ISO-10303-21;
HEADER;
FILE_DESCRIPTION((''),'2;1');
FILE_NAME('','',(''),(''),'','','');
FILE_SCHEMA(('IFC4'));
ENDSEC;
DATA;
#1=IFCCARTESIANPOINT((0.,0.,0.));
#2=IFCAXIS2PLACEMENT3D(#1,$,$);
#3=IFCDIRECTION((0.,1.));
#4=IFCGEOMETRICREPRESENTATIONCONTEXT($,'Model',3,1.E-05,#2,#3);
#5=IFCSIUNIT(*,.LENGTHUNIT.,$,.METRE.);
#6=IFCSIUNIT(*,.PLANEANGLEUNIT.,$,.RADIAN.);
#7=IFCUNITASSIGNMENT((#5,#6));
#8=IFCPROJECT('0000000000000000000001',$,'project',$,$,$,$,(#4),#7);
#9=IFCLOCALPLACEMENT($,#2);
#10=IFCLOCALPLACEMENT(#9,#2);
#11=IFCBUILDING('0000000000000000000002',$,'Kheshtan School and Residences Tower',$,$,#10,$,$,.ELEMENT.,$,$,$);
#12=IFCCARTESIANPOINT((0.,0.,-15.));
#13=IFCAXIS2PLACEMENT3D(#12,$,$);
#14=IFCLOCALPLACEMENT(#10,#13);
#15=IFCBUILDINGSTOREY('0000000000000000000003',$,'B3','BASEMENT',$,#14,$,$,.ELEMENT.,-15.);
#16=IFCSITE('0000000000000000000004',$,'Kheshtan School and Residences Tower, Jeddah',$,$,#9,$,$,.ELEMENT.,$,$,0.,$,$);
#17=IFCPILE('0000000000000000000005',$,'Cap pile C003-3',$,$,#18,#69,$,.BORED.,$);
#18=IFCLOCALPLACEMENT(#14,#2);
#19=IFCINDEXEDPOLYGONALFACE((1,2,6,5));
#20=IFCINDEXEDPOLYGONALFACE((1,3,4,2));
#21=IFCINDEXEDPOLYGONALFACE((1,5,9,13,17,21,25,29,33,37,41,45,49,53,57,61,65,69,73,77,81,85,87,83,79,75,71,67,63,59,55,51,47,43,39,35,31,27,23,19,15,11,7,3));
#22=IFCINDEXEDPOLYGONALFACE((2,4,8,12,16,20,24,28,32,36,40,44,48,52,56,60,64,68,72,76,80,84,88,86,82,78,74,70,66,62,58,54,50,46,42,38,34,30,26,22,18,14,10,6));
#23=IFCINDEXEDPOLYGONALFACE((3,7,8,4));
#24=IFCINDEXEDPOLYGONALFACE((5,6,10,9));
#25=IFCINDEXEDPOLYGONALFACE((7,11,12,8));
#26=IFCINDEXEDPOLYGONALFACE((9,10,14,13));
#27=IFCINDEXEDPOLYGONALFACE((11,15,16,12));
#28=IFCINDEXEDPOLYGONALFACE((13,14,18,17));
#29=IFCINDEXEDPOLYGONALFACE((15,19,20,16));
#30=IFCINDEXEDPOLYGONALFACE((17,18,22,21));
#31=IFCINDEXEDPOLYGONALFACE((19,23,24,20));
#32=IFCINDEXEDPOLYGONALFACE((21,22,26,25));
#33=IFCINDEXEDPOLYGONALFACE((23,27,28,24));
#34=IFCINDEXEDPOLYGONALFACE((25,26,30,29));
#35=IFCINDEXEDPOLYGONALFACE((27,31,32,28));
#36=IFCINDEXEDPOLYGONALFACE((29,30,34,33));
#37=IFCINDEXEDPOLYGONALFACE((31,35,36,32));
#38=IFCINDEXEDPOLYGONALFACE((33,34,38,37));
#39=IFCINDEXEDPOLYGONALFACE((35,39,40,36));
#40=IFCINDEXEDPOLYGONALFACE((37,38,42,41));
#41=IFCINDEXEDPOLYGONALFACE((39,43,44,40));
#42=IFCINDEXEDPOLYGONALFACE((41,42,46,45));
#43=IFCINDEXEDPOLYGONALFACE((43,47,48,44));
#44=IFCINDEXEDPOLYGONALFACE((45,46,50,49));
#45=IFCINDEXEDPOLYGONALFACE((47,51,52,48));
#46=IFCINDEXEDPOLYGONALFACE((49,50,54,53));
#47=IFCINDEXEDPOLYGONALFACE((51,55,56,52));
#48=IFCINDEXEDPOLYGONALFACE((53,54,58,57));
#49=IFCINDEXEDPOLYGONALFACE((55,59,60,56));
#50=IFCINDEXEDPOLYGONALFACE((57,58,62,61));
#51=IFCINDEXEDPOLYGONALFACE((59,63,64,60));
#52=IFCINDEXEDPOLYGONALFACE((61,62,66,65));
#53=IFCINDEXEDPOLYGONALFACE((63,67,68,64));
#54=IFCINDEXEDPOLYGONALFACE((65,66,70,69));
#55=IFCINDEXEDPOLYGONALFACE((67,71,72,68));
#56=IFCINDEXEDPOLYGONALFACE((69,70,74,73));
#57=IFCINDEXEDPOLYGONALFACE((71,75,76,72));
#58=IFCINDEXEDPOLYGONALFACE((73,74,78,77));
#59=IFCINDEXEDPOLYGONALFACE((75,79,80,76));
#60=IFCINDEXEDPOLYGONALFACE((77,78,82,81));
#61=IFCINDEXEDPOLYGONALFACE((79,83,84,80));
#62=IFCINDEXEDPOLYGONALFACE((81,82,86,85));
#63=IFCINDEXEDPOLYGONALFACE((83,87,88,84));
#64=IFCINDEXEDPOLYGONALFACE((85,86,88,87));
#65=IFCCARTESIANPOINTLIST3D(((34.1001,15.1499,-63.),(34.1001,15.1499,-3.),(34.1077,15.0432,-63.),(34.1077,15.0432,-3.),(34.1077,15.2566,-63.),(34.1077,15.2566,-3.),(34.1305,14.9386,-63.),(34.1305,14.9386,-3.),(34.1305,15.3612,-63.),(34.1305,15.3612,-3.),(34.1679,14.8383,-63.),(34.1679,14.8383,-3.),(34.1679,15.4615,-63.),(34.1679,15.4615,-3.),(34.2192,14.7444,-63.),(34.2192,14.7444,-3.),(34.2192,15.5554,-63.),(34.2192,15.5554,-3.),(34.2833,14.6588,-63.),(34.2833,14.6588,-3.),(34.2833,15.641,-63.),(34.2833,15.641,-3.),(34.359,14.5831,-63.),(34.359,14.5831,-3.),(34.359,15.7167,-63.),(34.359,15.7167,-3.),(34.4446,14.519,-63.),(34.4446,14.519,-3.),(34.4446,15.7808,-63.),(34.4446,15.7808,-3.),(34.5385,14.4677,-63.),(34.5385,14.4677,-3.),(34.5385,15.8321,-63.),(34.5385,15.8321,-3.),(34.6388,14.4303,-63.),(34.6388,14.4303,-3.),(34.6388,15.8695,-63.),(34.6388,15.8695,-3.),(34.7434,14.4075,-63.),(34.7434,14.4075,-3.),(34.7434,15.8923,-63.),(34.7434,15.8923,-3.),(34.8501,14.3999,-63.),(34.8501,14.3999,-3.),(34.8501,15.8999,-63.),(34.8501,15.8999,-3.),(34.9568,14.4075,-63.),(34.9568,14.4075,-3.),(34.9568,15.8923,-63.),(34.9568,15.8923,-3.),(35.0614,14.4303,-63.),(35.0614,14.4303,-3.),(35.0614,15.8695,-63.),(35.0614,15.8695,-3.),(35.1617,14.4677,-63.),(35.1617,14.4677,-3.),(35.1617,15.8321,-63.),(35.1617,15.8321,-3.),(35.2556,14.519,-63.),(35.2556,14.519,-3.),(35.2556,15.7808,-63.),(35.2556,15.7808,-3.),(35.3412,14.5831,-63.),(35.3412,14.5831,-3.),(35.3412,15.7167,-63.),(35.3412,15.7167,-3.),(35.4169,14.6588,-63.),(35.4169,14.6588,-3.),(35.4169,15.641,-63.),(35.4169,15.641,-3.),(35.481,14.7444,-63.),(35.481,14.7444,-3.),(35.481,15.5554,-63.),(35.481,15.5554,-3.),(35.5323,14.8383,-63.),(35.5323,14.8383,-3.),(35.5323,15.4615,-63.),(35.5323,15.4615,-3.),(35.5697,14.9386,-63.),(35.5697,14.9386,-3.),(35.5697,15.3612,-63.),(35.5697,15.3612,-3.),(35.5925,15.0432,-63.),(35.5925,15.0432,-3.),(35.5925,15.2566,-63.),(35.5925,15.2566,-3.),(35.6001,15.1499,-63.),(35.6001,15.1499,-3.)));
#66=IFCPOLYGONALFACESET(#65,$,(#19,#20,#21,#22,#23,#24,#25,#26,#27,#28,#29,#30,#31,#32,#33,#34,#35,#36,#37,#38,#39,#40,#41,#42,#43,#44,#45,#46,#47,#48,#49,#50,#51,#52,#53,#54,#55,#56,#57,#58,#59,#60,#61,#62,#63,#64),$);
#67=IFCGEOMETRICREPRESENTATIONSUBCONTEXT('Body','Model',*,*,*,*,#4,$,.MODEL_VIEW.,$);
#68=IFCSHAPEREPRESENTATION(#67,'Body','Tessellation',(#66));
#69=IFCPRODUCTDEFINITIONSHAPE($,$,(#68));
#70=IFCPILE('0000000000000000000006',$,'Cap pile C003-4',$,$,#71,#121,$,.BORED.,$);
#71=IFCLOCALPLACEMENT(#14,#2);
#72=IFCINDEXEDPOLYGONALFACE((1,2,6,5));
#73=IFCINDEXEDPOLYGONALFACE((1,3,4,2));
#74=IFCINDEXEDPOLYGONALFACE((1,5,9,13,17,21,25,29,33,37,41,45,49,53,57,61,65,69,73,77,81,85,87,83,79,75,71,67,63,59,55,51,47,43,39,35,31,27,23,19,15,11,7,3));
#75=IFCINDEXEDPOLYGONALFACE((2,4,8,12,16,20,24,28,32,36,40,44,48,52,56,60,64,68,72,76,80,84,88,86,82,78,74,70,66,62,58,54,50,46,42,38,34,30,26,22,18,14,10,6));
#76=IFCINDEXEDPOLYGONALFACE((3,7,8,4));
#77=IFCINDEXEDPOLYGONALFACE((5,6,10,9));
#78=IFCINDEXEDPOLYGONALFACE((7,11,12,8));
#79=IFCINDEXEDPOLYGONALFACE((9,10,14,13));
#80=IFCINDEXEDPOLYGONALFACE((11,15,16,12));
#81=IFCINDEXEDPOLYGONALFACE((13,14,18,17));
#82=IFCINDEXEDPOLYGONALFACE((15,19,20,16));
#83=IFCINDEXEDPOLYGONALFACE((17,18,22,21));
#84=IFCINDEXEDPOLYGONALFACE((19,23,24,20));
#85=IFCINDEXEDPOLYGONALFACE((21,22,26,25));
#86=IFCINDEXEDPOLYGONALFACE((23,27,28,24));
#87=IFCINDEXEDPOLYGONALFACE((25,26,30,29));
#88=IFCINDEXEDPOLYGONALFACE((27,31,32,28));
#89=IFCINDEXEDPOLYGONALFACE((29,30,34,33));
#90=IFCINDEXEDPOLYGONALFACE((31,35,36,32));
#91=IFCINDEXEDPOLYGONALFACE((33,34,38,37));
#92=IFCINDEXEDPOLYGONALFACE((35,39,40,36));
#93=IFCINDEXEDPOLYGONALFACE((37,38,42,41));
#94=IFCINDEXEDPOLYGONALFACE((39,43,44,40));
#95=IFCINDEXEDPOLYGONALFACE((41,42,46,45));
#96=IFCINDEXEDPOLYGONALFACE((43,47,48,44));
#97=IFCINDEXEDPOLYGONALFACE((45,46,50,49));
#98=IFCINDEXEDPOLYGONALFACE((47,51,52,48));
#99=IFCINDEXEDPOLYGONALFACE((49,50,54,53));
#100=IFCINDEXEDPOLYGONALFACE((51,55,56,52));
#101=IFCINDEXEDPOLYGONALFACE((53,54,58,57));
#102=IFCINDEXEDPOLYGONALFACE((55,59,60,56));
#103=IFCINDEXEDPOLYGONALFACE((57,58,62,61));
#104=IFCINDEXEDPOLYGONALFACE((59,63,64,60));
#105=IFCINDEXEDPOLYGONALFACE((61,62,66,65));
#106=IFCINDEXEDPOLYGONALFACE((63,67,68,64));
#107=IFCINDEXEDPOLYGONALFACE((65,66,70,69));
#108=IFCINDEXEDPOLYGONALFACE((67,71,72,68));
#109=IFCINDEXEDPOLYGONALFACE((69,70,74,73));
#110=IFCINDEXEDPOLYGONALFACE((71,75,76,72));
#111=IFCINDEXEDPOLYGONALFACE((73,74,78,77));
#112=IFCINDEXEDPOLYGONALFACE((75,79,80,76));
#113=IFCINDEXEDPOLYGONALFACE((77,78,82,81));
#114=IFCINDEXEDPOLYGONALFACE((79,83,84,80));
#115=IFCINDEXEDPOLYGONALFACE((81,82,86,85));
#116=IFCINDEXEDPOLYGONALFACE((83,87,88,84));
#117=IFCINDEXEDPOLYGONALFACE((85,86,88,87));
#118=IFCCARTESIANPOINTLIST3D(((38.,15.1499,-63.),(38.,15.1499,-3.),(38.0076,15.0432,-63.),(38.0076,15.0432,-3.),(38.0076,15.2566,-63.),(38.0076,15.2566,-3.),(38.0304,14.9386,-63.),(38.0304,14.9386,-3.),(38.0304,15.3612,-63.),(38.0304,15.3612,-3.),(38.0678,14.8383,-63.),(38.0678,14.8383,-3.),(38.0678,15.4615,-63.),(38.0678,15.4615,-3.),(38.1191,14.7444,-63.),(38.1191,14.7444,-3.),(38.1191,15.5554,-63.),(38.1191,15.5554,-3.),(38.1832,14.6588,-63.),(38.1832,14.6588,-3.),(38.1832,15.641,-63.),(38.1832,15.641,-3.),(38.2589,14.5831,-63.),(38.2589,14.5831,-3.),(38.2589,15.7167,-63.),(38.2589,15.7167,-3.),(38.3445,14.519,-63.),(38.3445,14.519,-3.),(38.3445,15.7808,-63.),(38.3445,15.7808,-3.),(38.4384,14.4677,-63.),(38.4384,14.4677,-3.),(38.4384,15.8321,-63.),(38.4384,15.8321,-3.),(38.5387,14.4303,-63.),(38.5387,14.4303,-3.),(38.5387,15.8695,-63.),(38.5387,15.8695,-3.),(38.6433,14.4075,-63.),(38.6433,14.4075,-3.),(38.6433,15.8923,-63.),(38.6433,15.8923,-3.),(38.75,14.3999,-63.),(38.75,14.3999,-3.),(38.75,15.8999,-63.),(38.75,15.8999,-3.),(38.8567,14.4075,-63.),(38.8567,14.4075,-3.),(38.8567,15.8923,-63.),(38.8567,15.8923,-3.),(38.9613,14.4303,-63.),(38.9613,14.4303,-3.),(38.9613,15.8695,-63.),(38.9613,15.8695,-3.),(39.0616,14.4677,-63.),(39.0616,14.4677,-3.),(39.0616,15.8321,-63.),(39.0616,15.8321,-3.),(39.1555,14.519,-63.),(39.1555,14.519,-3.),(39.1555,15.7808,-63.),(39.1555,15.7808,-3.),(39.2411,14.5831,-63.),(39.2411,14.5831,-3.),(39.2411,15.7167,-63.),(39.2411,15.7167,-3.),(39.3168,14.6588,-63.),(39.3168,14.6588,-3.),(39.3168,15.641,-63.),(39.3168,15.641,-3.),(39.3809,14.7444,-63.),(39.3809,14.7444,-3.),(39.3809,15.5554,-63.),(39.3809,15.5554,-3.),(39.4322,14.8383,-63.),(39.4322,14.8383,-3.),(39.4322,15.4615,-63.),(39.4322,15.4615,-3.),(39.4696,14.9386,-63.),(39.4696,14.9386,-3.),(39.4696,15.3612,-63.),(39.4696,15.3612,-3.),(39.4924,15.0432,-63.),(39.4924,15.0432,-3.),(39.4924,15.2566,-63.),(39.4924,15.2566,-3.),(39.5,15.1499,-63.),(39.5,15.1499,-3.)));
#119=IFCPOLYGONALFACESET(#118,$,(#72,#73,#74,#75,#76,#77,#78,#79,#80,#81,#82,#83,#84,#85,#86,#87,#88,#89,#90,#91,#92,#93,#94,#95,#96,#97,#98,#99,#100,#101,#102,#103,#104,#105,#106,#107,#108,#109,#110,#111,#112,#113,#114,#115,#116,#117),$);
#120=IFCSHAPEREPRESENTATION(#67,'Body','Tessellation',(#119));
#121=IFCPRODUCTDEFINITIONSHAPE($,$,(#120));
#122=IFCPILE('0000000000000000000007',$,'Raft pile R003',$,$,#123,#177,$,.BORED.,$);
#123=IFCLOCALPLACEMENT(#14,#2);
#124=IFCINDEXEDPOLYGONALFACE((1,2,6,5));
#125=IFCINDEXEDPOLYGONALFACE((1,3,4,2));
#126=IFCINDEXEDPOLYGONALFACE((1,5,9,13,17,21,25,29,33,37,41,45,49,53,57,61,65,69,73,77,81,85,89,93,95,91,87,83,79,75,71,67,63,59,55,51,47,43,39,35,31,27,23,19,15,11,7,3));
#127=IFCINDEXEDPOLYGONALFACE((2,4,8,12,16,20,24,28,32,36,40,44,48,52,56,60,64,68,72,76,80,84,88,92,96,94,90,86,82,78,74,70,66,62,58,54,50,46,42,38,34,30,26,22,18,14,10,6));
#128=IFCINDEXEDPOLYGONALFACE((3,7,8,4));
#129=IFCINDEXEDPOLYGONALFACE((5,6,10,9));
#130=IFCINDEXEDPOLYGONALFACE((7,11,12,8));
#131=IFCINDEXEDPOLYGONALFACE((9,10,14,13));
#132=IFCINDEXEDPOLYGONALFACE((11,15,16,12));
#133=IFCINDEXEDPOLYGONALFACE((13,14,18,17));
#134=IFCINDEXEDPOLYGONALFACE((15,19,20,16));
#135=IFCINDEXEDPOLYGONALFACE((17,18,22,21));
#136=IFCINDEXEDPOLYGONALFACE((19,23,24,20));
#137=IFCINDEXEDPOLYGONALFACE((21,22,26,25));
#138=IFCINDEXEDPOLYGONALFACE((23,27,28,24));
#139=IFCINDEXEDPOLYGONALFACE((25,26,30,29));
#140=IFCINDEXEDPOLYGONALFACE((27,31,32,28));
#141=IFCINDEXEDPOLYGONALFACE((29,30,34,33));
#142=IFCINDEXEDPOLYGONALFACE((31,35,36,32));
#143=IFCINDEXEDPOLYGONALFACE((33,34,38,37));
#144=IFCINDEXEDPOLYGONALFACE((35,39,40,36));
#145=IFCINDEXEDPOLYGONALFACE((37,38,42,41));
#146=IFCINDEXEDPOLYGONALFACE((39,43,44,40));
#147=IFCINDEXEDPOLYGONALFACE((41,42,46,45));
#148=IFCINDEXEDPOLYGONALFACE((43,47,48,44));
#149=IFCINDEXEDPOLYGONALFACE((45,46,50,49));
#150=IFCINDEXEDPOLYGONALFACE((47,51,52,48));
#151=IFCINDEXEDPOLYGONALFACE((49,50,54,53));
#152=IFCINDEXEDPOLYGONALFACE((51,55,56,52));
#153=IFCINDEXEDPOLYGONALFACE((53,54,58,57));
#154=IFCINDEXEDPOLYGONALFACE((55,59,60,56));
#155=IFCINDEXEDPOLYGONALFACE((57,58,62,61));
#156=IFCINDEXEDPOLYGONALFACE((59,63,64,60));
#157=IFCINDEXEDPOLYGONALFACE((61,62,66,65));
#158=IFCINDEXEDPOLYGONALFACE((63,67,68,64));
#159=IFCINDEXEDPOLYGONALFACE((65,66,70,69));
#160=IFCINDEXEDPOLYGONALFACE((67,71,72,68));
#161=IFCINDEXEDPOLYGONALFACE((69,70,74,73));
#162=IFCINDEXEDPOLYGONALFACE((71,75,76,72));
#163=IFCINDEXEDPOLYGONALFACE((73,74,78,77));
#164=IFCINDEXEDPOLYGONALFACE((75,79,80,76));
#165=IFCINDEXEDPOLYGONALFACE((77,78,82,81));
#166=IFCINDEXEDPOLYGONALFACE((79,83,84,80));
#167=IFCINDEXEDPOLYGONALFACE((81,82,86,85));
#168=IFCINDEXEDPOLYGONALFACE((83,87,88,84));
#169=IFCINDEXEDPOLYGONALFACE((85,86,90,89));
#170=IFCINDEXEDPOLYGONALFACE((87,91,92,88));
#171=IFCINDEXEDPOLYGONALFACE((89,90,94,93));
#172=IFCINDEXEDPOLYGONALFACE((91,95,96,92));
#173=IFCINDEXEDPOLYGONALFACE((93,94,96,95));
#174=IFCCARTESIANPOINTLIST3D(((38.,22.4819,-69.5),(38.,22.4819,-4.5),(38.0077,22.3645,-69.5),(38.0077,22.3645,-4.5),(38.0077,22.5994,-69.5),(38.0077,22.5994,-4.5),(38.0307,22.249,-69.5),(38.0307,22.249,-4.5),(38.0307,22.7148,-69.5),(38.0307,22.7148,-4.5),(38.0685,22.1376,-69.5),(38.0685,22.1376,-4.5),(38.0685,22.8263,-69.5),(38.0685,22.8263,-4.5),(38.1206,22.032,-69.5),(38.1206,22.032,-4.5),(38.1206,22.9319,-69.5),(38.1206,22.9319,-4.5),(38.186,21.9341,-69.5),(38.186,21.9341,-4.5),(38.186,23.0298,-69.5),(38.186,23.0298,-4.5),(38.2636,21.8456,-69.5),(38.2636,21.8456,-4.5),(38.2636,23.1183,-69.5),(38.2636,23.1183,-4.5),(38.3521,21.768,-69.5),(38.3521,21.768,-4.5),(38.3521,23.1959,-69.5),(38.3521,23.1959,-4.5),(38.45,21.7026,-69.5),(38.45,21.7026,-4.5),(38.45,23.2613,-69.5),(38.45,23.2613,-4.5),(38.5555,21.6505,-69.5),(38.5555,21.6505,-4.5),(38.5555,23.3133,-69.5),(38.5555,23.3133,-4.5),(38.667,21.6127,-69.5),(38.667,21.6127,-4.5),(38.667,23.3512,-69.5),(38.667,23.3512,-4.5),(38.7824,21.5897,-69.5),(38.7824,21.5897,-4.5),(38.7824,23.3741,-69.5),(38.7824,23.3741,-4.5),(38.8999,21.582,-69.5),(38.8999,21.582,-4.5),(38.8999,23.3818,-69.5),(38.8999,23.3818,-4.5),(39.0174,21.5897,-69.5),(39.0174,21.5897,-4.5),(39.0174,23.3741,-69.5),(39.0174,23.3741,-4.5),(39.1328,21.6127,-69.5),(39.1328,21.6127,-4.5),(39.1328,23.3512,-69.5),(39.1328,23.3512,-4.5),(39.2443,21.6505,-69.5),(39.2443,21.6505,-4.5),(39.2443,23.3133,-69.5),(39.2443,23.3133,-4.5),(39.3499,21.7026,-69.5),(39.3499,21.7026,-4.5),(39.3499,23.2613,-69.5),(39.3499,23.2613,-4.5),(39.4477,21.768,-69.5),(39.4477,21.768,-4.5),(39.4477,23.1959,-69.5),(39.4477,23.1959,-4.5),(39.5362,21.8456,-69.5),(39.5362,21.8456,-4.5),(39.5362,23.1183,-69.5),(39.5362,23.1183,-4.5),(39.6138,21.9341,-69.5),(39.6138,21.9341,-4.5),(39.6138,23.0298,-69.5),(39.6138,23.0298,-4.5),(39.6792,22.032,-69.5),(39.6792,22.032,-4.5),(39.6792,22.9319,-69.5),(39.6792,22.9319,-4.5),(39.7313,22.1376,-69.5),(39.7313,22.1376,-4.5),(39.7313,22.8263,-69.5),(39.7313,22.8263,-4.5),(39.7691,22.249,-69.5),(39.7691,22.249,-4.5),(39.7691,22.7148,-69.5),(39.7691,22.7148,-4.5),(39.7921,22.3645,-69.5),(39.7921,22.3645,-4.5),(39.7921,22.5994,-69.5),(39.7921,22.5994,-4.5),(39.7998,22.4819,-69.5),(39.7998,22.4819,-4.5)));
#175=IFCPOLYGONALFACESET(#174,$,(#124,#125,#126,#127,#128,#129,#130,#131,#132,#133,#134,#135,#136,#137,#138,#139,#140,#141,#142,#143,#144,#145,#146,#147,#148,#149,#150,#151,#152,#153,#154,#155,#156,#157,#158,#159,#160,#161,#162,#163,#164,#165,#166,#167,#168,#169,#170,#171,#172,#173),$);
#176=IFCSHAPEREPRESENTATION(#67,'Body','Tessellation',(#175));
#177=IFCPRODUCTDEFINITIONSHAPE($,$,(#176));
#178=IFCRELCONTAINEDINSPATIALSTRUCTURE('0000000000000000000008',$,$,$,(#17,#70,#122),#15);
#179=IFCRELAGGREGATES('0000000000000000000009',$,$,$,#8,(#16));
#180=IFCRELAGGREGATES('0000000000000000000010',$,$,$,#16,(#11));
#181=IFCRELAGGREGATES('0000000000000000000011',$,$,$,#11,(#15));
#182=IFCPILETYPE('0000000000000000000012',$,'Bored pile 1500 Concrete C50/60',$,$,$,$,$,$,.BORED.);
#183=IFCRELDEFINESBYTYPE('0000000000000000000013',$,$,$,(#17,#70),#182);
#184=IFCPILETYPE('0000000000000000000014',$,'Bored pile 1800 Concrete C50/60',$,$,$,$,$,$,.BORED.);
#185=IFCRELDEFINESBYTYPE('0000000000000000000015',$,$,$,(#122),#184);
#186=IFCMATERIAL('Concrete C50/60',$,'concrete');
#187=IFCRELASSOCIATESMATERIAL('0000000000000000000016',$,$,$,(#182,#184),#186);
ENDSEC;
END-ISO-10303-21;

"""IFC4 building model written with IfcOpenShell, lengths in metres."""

from ifc_helpers import new_model, si_unit, direction, frame, origin, origin_2d, place, context, subcontext, project, spatial, circle, extrude, material, material_profile, profile_set, type_object, element, save


model = new_model("IFC4")

# Units and contexts
model_context = context("Model", 3, precision=1e-05, world=origin(), true_north=direction((0.0, 1.0)))
body_context = subcontext(model_context, "Body", "Model", "MODEL_VIEW")
ifc_project = project(units=[si_unit("LENGTHUNIT", "METRE"), si_unit("PLANEANGLEUNIT", "RADIAN")], contexts=[model_context])

# Site, building, storey
site_placement = place(None, origin())
site = spatial("IfcSite", under=ifc_project, at=site_placement, Name="Kheshtan School and Residences Tower, Jeddah", CompositionType="ELEMENT", RefElevation=0.0)
building_placement = place(site_placement, origin())
building = spatial("IfcBuilding", under=site, at=building_placement, Name="Kheshtan School and Residences Tower", CompositionType="ELEMENT")
storey_placement = place(building_placement, frame((0.0, 0.0, -15.0)))
storey = spatial("IfcBuildingStorey", under=building, at=storey_placement, Name="B3", Description="BASEMENT", CompositionType="ELEMENT", Elevation=-15.0)

# Piles
ifc_material_1 = material(Name="Concrete C50/60", Category="concrete")
ifc_material_profile_1 = material_profile(ifc_material_1, circle(Radius=0.75, at=origin_2d()), Name="BP 1500")
ifc_profile_set_1 = profile_set([ifc_material_profile_1], Name="Concrete C50/60")
pile_type_1 = type_object("IfcPileType", Name="Bored pile 1500 Concrete C50/60", PredefinedType="BORED", material=ifc_profile_set_1)
for number, where, z_axis, x_axis, name in (
    (1, (34.8501, 15.1499, -3.0), (0.0, 0.0, -1.0), (1.0, 0.0, 0.0), "Cap pile C003-3"),
    (2, (38.75, 15.1499, -3.0), (0.0, 0.0, -1.0), (1.0, 0.0, 0.0), "Cap pile C003-4"),
):
    element("IfcPile", number, at=place(storey_placement, frame(where, z_axis=z_axis, x_axis=x_axis)), inside=storey, type_object=pile_type_1, Name=name, PredefinedType="BORED", context=body_context, shape_type="SweptSolid", body=[
        extrude(circle(Radius=0.75, at=origin_2d()), origin(), (0.0, 0.0, 1.0), 60.0),
    ])
ifc_material_profile_2 = material_profile(ifc_material_1, circle(Radius=0.8999, at=origin_2d()), Name="BP 1800")
ifc_profile_set_2 = profile_set([ifc_material_profile_2], Name="Concrete C50/60")
pile_type_2 = type_object("IfcPileType", Name="Bored pile 1800 Concrete C50/60", PredefinedType="BORED", material=ifc_profile_set_2)
for number, where, z_axis, x_axis, name in (
    (3, (38.8999, 22.4819, -4.5), (0.0, 0.0, -1.0), (1.0, 0.0, 0.0), "Raft pile R003"),
):
    element("IfcPile", number, at=place(storey_placement, frame(where, z_axis=z_axis, x_axis=x_axis)), inside=storey, type_object=pile_type_2, Name=name, PredefinedType="BORED", context=body_context, shape_type="SweptSolid", body=[
        extrude(circle(Radius=0.8999, at=origin_2d()), origin(), (0.0, 0.0, 1.0), 65.0),
    ])

save(model, "model.ifc")
